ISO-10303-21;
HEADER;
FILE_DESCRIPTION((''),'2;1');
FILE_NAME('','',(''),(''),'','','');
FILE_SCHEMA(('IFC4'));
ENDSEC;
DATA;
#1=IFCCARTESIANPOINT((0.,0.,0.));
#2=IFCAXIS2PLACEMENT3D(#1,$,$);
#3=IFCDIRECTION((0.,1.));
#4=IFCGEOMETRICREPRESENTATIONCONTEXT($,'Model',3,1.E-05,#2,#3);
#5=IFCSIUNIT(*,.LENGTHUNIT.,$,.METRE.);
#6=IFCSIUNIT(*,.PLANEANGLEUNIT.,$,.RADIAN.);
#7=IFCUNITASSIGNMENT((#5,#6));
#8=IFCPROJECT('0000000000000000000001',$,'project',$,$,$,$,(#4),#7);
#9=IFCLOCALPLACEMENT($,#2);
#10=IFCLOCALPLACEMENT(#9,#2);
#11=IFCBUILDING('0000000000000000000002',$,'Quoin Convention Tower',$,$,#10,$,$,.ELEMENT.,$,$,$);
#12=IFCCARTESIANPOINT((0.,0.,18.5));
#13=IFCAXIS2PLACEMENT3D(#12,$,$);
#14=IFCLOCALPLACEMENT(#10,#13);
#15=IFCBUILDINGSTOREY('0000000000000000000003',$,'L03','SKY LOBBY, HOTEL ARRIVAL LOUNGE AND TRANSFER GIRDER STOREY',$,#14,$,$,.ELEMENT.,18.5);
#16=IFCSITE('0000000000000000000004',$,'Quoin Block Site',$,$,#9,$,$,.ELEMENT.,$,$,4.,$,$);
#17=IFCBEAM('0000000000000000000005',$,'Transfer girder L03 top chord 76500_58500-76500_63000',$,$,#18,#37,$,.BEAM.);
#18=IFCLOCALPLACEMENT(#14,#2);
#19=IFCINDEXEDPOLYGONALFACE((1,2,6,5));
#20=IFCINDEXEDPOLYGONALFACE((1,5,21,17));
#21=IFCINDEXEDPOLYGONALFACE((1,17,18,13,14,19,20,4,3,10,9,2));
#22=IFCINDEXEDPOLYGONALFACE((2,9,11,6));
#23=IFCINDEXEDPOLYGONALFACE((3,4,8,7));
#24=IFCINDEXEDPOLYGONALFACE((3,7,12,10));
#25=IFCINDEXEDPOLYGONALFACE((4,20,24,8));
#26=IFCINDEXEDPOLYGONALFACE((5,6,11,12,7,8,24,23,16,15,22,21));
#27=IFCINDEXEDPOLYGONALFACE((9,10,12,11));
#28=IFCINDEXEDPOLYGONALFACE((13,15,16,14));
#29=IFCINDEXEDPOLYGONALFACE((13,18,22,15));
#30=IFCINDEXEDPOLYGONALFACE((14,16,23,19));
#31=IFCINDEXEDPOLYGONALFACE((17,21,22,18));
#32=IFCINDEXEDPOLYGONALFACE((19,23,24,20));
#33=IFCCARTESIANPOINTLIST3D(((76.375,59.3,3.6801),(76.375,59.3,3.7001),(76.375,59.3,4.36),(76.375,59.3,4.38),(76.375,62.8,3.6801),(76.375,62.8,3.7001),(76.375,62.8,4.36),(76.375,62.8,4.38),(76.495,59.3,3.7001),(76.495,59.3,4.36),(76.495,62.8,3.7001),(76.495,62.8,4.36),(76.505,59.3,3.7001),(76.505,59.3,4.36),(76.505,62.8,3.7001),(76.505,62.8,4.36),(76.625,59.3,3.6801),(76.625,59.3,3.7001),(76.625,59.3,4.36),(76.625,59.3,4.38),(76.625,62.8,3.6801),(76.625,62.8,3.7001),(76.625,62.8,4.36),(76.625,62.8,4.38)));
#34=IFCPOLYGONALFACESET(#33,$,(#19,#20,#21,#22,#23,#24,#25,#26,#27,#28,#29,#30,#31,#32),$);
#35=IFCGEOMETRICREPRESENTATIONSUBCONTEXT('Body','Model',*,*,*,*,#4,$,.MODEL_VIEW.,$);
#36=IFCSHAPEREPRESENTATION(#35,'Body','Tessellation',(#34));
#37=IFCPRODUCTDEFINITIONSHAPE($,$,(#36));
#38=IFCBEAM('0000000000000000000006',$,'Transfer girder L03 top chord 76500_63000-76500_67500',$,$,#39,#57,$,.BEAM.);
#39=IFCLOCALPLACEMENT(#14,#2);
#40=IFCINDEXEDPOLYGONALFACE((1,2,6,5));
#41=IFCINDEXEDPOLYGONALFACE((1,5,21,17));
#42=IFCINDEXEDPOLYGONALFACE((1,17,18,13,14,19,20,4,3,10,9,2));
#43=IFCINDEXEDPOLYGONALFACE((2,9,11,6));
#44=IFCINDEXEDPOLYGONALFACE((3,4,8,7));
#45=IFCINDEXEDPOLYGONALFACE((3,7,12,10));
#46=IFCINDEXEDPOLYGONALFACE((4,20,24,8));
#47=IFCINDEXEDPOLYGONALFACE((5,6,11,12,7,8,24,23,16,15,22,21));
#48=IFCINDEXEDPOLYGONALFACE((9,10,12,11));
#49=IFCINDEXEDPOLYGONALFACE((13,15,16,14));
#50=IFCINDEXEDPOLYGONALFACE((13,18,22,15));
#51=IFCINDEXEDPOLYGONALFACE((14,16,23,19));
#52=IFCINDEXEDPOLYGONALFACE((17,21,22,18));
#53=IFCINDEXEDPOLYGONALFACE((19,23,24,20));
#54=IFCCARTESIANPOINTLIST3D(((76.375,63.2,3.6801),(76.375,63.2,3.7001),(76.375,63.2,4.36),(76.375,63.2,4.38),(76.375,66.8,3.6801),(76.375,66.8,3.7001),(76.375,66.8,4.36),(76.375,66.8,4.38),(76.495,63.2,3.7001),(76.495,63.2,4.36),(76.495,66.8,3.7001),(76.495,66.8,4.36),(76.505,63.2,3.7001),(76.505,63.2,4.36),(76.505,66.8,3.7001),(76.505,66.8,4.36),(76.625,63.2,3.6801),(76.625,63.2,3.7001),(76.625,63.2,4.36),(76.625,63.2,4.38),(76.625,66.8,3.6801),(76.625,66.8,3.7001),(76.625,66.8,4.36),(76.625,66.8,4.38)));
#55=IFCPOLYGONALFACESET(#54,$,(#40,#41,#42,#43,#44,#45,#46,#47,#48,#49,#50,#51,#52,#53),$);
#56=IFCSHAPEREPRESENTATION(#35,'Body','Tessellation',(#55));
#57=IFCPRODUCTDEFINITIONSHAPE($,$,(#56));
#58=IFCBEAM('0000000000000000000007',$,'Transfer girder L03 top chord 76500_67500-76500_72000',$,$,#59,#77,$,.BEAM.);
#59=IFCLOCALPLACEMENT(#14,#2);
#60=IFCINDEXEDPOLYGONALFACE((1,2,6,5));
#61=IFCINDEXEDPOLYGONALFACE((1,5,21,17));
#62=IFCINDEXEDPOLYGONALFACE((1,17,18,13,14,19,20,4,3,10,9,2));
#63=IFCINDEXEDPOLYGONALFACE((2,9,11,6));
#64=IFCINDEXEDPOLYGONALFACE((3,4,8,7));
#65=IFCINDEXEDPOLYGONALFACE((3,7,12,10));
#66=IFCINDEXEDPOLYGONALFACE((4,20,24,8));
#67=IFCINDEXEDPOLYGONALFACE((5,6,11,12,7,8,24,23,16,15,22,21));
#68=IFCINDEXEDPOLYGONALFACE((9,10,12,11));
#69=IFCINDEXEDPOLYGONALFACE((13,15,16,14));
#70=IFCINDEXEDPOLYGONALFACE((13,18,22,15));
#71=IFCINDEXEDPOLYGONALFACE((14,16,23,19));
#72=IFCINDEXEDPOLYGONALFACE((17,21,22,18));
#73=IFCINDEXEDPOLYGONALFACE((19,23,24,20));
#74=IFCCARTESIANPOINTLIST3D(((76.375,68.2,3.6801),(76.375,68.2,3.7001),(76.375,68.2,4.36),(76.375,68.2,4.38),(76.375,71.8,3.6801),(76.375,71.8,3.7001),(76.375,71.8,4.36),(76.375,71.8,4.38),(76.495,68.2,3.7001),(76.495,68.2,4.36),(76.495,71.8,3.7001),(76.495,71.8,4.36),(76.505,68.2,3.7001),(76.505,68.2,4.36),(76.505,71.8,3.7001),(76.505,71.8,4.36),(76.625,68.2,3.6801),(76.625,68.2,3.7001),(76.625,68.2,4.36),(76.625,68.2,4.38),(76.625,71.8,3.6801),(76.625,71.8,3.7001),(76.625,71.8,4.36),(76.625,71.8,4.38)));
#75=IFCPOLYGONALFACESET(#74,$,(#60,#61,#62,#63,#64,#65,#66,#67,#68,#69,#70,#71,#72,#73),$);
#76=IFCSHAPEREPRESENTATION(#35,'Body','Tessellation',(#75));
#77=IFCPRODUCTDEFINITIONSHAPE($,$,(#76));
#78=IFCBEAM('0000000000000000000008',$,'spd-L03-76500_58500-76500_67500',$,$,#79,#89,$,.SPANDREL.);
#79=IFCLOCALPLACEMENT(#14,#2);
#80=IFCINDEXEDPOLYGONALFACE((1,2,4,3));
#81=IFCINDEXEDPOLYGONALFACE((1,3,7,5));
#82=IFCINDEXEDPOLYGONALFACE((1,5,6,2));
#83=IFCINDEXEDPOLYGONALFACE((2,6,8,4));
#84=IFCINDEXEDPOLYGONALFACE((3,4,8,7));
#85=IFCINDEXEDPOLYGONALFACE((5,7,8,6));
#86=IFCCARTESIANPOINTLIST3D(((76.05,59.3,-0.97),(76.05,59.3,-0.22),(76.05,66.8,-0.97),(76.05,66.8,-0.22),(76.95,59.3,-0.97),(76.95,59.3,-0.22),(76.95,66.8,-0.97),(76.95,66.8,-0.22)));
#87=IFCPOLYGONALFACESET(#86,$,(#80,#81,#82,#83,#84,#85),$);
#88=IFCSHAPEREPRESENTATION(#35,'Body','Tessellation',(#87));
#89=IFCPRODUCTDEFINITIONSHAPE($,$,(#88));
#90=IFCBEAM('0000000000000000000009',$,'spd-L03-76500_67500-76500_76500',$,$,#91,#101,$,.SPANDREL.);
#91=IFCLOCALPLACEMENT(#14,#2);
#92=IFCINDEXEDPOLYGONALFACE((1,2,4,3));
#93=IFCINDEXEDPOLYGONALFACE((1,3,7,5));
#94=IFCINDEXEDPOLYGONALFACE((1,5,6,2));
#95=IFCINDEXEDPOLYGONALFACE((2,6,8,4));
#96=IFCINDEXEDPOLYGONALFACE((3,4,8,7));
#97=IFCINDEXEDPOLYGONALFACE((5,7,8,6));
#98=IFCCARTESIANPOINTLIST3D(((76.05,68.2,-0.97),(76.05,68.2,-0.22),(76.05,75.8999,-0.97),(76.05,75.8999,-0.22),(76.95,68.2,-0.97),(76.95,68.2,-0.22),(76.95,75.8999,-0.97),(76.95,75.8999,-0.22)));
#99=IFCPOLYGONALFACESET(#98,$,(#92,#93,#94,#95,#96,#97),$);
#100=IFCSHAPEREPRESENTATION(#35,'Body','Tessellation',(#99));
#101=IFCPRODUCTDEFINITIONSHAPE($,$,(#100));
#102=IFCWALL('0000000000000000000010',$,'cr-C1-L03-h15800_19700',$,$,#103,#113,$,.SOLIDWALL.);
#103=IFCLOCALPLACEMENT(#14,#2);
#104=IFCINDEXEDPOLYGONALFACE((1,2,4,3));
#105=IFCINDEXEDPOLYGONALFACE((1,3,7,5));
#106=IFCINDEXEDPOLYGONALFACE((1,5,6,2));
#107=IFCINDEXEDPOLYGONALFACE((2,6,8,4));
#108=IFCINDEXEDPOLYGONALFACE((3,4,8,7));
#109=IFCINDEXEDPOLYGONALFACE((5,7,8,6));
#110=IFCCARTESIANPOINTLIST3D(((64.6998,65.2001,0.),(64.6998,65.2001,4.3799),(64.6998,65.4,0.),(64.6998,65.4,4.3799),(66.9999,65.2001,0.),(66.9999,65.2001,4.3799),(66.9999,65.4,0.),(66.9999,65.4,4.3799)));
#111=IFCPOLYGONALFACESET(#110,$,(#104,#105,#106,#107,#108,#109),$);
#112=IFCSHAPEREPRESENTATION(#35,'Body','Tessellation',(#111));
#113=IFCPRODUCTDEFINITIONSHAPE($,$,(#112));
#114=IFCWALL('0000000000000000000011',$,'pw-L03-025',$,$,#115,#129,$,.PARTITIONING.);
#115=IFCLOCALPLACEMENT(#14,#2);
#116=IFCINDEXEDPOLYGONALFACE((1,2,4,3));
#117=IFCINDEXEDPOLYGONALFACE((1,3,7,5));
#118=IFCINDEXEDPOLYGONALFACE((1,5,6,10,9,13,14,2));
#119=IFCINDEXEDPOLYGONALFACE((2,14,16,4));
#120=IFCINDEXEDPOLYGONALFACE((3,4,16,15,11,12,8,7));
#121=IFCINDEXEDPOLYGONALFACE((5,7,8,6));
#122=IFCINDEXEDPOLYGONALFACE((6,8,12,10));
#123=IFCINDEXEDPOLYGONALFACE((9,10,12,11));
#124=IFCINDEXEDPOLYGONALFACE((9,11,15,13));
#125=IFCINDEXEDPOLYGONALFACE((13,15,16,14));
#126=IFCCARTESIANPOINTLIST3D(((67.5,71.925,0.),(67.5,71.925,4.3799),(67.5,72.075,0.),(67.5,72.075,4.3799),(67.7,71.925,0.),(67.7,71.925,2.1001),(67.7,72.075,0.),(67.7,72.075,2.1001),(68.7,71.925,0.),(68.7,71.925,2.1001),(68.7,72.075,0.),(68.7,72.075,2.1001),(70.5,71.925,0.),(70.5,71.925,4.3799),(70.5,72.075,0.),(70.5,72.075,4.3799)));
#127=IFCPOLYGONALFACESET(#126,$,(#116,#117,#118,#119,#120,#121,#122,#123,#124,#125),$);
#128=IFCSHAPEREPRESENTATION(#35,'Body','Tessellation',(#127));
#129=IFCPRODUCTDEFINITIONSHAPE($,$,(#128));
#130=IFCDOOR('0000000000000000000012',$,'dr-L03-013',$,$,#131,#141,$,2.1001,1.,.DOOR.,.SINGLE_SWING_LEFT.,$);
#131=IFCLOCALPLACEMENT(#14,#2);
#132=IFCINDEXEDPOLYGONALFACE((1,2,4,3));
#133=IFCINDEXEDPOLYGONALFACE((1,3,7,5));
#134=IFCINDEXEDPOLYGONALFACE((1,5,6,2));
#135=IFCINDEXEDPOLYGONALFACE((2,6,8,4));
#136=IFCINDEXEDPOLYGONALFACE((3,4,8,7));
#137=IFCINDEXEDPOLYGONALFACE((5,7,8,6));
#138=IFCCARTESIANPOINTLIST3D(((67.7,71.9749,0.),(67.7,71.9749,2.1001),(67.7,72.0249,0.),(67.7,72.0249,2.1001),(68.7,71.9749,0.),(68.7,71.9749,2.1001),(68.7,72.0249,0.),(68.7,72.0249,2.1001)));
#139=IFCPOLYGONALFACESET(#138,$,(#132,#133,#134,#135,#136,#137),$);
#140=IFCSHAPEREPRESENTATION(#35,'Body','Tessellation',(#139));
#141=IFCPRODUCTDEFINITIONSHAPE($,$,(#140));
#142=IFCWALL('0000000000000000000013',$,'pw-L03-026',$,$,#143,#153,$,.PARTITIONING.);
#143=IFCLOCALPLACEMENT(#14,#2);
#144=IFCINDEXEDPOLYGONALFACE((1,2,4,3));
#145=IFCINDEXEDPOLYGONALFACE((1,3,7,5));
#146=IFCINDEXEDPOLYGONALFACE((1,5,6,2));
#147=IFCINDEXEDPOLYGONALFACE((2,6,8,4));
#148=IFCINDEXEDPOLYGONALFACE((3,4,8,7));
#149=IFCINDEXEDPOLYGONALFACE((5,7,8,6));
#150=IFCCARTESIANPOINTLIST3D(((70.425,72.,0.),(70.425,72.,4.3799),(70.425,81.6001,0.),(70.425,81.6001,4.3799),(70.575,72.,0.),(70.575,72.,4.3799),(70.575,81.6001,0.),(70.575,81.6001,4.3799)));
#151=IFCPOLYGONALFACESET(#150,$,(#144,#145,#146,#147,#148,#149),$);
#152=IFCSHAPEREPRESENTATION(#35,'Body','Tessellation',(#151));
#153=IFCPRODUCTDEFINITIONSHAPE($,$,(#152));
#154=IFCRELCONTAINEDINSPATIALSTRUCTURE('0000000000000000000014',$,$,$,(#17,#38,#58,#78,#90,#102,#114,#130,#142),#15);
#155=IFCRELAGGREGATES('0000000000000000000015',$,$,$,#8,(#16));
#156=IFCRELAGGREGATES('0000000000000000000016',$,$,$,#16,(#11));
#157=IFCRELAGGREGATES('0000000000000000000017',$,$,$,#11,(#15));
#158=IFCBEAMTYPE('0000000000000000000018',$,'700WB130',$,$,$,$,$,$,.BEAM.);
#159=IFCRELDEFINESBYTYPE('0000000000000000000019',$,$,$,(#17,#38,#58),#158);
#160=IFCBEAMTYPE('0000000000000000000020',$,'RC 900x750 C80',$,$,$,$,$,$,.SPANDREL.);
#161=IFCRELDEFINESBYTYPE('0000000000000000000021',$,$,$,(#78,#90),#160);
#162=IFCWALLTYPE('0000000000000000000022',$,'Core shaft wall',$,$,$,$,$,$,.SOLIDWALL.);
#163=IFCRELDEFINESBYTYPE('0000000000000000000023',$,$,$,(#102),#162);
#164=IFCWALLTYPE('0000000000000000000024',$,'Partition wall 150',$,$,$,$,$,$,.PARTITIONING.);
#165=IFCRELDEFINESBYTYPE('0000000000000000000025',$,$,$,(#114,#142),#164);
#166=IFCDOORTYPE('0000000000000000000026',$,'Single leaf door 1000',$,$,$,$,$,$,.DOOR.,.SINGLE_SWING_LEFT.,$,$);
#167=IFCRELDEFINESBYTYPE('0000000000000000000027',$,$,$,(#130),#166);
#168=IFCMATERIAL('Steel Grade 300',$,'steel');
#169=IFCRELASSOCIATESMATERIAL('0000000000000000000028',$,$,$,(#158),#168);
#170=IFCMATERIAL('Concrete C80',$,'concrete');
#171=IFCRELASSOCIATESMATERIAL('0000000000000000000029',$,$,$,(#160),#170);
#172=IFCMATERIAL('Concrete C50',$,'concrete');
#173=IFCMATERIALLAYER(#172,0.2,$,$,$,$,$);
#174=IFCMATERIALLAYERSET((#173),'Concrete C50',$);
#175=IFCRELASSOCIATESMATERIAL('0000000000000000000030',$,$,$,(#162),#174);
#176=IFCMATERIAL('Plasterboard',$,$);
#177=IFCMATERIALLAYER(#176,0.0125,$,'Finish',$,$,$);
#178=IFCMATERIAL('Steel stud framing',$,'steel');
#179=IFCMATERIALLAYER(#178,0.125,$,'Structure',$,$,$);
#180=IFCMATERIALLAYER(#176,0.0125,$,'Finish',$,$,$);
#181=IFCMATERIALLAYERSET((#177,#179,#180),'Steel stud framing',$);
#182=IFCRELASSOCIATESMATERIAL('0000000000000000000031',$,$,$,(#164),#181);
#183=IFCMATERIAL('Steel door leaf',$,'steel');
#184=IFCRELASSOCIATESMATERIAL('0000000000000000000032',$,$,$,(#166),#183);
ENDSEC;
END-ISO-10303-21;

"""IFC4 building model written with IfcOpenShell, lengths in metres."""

from ifc_helpers import new_model, si_unit, direction, frame, frame_2d, origin, origin_2d, place, context, subcontext, project, spatial, rectangle, i_section, extrude, material, layer, layer_set, material_profile, profile_set, type_object, element, fill, save


model = new_model("IFC4")

# Units and contexts
model_context = context("Model", 3, precision=1e-05, world=origin(), true_north=direction((0.0, 1.0)))
body_context = subcontext(model_context, "Body", "Model", "MODEL_VIEW")
ifc_project = project(units=[si_unit("LENGTHUNIT", "METRE"), si_unit("PLANEANGLEUNIT", "RADIAN")], contexts=[model_context])

# Site, building, storey
site_placement = place(None, origin())
site = spatial("IfcSite", under=ifc_project, at=site_placement, Name="Quoin Block Site", CompositionType="ELEMENT", RefElevation=4.0)
building_placement = place(site_placement, origin())
building = spatial("IfcBuilding", under=site, at=building_placement, Name="Quoin Convention Tower", CompositionType="ELEMENT")
storey_placement = place(building_placement, frame((0.0, 0.0, 18.5)))
storey = spatial("IfcBuildingStorey", under=building, at=storey_placement, Name="L03", Description="SKY LOBBY, HOTEL ARRIVAL LOUNGE AND TRANSFER GIRDER STOREY", CompositionType="ELEMENT", Elevation=18.5)

# Shared definitions
ifc_material_1 = material(Name="Concrete C80", Category="concrete")

# Shared definitions
ifc_material_2 = material(Name="Steel Grade 300", Category="steel")

# Beams
ifc_material_profile_1 = material_profile(ifc_material_2, i_section(OverallWidth=0.25, OverallDepth=0.7, WebThickness=0.01, FlangeThickness=0.02, at=origin_2d()), Name="700WB130")
ifc_profile_set_1 = profile_set([ifc_material_profile_1], Name="Steel Grade 300")
beam_type_1 = type_object("IfcBeamType", Name="700WB130", PredefinedType="BEAM", material=ifc_profile_set_1)
beam_1_placement = place(storey_placement, frame((76.5, 59.3, 4.03), z_axis=(0.0, 1.0, 0.0), x_axis=(-1.0, 0.0, 0.0)))
element("IfcBeam", 1, at=beam_1_placement, inside=storey, type_object=beam_type_1, Name="Transfer girder L03 top chord 76500_58500-76500_63000", PredefinedType="BEAM", context=body_context, shape_type="SweptSolid", body=[
    extrude(i_section(OverallWidth=0.25, OverallDepth=0.7, WebThickness=0.01, FlangeThickness=0.02, at=origin_2d()), origin(), (0.0, 0.0, 1.0), 3.5),
])
for number, where, z_axis, x_axis, name in (
    (2, (76.5, 63.2, 4.03), (0.0, 1.0, 0.0), (-1.0, 0.0, 0.0), "Transfer girder L03 top chord 76500_63000-76500_67500"),
    (3, (76.5, 68.2, 4.03), (0.0, 1.0, 0.0), (-1.0, 0.0, 0.0), "Transfer girder L03 top chord 76500_67500-76500_72000"),
):
    element("IfcBeam", number, at=place(storey_placement, frame(where, z_axis=z_axis, x_axis=x_axis)), inside=storey, type_object=beam_type_1, Name=name, PredefinedType="BEAM", context=body_context, shape_type="SweptSolid", body=[
        extrude(i_section(OverallWidth=0.25, OverallDepth=0.7, WebThickness=0.01, FlangeThickness=0.02, at=origin_2d()), origin(), (0.0, 0.0, 1.0), 3.6001),
    ])
ifc_material_profile_2 = material_profile(ifc_material_1, rectangle(XDim=0.8999, YDim=0.75, at=origin_2d()), Name="RC 900x750")
ifc_profile_set_2 = profile_set([ifc_material_profile_2], Name="Concrete C80")
beam_type_2 = type_object("IfcBeamType", Name="RC 900x750 C80", PredefinedType="SPANDREL", material=ifc_profile_set_2)
beam_2_placement = place(storey_placement, frame((76.5, 59.3, -0.595), z_axis=(0.0, 1.0, 0.0), x_axis=(-1.0, 0.0, 0.0)))
element("IfcBeam", 4, at=beam_2_placement, inside=storey, type_object=beam_type_2, Name="spd-L03-76500_58500-76500_67500", PredefinedType="SPANDREL", context=body_context, shape_type="SweptSolid", body=[
    extrude(rectangle(XDim=0.8999, YDim=0.75, at=origin_2d()), origin(), (0.0, 0.0, 1.0), 7.5),
])
beam_3_placement = place(storey_placement, frame((76.5, 68.2, -0.595), z_axis=(0.0, 1.0, 0.0), x_axis=(-1.0, 0.0, 0.0)))
element("IfcBeam", 5, at=beam_3_placement, inside=storey, type_object=beam_type_2, Name="spd-L03-76500_67500-76500_76500", PredefinedType="SPANDREL", context=body_context, shape_type="SweptSolid", body=[
    extrude(rectangle(XDim=0.8999, YDim=0.75, at=origin_2d()), origin(), (0.0, 0.0, 1.0), 7.7),
])

# Wall
ifc_material_3 = material(Name="Concrete C50", Category="concrete")
ifc_layer_1 = layer(ifc_material_3, 0.2)
ifc_layer_set_1 = layer_set([ifc_layer_1], Name="Concrete C50")
wall_type_1 = type_object("IfcWallType", Name="Core shaft wall", PredefinedType="SOLIDWALL", material=ifc_layer_set_1)
wall_1_placement = place(storey_placement, frame((64.7, 65.3, 0.0), z_axis=(0.0, 0.0, 1.0), x_axis=(1.0, 0.0, 0.0)))
element("IfcWall", 6, at=wall_1_placement, inside=storey, type_object=wall_type_1, Name="cr-C1-L03-h15800_19700", PredefinedType="SOLIDWALL", context=body_context, shape_type="SweptSolid", body=[
    extrude(rectangle(XDim=2.3, YDim=0.2, at=frame_2d((1.1499, 0.0))), origin(), (0.0, 0.0, 1.0), 4.3799),
])

# Wall, opening, door
ifc_material_4 = material(Name="Plasterboard")
ifc_layer_2 = layer(ifc_material_4, 0.0125, Name="Finish")
ifc_material_5 = material(Name="Steel stud framing", Category="steel")
ifc_layer_3 = layer(ifc_material_5, 0.125, Name="Structure")
ifc_layer_4 = layer(ifc_material_4, 0.0125, Name="Finish")
ifc_layer_set_2 = layer_set([ifc_layer_2, ifc_layer_3, ifc_layer_4], Name="Steel stud framing")
wall_type_2 = type_object("IfcWallType", Name="Partition wall 150", PredefinedType="PARTITIONING", material=ifc_layer_set_2)
wall_2_placement = place(storey_placement, frame((67.5, 72.0, 0.0), z_axis=(0.0, 0.0, 1.0), x_axis=(1.0, 0.0, 0.0)))
wall_2 = element("IfcWall", 7, at=wall_2_placement, inside=storey, type_object=wall_type_2, Name="pw-L03-025", PredefinedType="PARTITIONING", context=body_context, shape_type="SweptSolid", body=[
    extrude(rectangle(XDim=3.0, YDim=0.1499, at=frame_2d((1.5, 0.0))), origin(), (0.0, 0.0, 1.0), 4.3799),
])
opening_placement = place(wall_2_placement, frame((0.2, 0.0, 0.0)))
opening = element("IfcOpeningElement", 8, at=opening_placement, cuts=wall_2, PredefinedType="OPENING", context=body_context, shape_type="SweptSolid", body=[
    extrude(rectangle(XDim=1.0, YDim=2.1001, at=frame_2d((0.5, 1.05))), frame((0.0, 0.085, 0.0), z_axis=(0.0, -1.0, 0.0), x_axis=(1.0, 0.0, 0.0)), (0.0, 0.0, 1.0), 0.1699),
])
ifc_material_6 = material(Name="Steel door leaf", Category="steel")
door_type = type_object("IfcDoorType", Name="Single leaf door 1000", OperationType="SINGLE_SWING_LEFT", PredefinedType="DOOR", material=ifc_material_6)
door_placement = place(opening_placement, origin())
door = element("IfcDoor", 9, at=door_placement, inside=storey, type_object=door_type, Name="dr-L03-013", OperationType="SINGLE_SWING_LEFT", OverallHeight=2.1001, OverallWidth=1.0, PredefinedType="DOOR", context=body_context, shape_type="SweptSolid", body=[
    extrude(rectangle(XDim=1.0, YDim=2.1001, at=frame_2d((0.5, 1.05))), frame((0.0, 0.0249, 0.0), z_axis=(0.0, -1.0, 0.0), x_axis=(1.0, 0.0, 0.0)), (0.0, 0.0, 1.0), 0.05),
])
fill(opening, door)

# Wall
wall_3_placement = place(storey_placement, frame((70.5, 72.0, 0.0), z_axis=(0.0, 0.0, 1.0), x_axis=(0.0, 1.0, 0.0)))
element("IfcWall", 10, at=wall_3_placement, inside=storey, type_object=wall_type_2, Name="pw-L03-026", PredefinedType="PARTITIONING", context=body_context, shape_type="SweptSolid", body=[
    extrude(rectangle(XDim=9.6001, YDim=0.1499, at=frame_2d((4.8, 0.0))), origin(), (0.0, 0.0, 1.0), 4.3799),
])

save(model, "model.ifc")
